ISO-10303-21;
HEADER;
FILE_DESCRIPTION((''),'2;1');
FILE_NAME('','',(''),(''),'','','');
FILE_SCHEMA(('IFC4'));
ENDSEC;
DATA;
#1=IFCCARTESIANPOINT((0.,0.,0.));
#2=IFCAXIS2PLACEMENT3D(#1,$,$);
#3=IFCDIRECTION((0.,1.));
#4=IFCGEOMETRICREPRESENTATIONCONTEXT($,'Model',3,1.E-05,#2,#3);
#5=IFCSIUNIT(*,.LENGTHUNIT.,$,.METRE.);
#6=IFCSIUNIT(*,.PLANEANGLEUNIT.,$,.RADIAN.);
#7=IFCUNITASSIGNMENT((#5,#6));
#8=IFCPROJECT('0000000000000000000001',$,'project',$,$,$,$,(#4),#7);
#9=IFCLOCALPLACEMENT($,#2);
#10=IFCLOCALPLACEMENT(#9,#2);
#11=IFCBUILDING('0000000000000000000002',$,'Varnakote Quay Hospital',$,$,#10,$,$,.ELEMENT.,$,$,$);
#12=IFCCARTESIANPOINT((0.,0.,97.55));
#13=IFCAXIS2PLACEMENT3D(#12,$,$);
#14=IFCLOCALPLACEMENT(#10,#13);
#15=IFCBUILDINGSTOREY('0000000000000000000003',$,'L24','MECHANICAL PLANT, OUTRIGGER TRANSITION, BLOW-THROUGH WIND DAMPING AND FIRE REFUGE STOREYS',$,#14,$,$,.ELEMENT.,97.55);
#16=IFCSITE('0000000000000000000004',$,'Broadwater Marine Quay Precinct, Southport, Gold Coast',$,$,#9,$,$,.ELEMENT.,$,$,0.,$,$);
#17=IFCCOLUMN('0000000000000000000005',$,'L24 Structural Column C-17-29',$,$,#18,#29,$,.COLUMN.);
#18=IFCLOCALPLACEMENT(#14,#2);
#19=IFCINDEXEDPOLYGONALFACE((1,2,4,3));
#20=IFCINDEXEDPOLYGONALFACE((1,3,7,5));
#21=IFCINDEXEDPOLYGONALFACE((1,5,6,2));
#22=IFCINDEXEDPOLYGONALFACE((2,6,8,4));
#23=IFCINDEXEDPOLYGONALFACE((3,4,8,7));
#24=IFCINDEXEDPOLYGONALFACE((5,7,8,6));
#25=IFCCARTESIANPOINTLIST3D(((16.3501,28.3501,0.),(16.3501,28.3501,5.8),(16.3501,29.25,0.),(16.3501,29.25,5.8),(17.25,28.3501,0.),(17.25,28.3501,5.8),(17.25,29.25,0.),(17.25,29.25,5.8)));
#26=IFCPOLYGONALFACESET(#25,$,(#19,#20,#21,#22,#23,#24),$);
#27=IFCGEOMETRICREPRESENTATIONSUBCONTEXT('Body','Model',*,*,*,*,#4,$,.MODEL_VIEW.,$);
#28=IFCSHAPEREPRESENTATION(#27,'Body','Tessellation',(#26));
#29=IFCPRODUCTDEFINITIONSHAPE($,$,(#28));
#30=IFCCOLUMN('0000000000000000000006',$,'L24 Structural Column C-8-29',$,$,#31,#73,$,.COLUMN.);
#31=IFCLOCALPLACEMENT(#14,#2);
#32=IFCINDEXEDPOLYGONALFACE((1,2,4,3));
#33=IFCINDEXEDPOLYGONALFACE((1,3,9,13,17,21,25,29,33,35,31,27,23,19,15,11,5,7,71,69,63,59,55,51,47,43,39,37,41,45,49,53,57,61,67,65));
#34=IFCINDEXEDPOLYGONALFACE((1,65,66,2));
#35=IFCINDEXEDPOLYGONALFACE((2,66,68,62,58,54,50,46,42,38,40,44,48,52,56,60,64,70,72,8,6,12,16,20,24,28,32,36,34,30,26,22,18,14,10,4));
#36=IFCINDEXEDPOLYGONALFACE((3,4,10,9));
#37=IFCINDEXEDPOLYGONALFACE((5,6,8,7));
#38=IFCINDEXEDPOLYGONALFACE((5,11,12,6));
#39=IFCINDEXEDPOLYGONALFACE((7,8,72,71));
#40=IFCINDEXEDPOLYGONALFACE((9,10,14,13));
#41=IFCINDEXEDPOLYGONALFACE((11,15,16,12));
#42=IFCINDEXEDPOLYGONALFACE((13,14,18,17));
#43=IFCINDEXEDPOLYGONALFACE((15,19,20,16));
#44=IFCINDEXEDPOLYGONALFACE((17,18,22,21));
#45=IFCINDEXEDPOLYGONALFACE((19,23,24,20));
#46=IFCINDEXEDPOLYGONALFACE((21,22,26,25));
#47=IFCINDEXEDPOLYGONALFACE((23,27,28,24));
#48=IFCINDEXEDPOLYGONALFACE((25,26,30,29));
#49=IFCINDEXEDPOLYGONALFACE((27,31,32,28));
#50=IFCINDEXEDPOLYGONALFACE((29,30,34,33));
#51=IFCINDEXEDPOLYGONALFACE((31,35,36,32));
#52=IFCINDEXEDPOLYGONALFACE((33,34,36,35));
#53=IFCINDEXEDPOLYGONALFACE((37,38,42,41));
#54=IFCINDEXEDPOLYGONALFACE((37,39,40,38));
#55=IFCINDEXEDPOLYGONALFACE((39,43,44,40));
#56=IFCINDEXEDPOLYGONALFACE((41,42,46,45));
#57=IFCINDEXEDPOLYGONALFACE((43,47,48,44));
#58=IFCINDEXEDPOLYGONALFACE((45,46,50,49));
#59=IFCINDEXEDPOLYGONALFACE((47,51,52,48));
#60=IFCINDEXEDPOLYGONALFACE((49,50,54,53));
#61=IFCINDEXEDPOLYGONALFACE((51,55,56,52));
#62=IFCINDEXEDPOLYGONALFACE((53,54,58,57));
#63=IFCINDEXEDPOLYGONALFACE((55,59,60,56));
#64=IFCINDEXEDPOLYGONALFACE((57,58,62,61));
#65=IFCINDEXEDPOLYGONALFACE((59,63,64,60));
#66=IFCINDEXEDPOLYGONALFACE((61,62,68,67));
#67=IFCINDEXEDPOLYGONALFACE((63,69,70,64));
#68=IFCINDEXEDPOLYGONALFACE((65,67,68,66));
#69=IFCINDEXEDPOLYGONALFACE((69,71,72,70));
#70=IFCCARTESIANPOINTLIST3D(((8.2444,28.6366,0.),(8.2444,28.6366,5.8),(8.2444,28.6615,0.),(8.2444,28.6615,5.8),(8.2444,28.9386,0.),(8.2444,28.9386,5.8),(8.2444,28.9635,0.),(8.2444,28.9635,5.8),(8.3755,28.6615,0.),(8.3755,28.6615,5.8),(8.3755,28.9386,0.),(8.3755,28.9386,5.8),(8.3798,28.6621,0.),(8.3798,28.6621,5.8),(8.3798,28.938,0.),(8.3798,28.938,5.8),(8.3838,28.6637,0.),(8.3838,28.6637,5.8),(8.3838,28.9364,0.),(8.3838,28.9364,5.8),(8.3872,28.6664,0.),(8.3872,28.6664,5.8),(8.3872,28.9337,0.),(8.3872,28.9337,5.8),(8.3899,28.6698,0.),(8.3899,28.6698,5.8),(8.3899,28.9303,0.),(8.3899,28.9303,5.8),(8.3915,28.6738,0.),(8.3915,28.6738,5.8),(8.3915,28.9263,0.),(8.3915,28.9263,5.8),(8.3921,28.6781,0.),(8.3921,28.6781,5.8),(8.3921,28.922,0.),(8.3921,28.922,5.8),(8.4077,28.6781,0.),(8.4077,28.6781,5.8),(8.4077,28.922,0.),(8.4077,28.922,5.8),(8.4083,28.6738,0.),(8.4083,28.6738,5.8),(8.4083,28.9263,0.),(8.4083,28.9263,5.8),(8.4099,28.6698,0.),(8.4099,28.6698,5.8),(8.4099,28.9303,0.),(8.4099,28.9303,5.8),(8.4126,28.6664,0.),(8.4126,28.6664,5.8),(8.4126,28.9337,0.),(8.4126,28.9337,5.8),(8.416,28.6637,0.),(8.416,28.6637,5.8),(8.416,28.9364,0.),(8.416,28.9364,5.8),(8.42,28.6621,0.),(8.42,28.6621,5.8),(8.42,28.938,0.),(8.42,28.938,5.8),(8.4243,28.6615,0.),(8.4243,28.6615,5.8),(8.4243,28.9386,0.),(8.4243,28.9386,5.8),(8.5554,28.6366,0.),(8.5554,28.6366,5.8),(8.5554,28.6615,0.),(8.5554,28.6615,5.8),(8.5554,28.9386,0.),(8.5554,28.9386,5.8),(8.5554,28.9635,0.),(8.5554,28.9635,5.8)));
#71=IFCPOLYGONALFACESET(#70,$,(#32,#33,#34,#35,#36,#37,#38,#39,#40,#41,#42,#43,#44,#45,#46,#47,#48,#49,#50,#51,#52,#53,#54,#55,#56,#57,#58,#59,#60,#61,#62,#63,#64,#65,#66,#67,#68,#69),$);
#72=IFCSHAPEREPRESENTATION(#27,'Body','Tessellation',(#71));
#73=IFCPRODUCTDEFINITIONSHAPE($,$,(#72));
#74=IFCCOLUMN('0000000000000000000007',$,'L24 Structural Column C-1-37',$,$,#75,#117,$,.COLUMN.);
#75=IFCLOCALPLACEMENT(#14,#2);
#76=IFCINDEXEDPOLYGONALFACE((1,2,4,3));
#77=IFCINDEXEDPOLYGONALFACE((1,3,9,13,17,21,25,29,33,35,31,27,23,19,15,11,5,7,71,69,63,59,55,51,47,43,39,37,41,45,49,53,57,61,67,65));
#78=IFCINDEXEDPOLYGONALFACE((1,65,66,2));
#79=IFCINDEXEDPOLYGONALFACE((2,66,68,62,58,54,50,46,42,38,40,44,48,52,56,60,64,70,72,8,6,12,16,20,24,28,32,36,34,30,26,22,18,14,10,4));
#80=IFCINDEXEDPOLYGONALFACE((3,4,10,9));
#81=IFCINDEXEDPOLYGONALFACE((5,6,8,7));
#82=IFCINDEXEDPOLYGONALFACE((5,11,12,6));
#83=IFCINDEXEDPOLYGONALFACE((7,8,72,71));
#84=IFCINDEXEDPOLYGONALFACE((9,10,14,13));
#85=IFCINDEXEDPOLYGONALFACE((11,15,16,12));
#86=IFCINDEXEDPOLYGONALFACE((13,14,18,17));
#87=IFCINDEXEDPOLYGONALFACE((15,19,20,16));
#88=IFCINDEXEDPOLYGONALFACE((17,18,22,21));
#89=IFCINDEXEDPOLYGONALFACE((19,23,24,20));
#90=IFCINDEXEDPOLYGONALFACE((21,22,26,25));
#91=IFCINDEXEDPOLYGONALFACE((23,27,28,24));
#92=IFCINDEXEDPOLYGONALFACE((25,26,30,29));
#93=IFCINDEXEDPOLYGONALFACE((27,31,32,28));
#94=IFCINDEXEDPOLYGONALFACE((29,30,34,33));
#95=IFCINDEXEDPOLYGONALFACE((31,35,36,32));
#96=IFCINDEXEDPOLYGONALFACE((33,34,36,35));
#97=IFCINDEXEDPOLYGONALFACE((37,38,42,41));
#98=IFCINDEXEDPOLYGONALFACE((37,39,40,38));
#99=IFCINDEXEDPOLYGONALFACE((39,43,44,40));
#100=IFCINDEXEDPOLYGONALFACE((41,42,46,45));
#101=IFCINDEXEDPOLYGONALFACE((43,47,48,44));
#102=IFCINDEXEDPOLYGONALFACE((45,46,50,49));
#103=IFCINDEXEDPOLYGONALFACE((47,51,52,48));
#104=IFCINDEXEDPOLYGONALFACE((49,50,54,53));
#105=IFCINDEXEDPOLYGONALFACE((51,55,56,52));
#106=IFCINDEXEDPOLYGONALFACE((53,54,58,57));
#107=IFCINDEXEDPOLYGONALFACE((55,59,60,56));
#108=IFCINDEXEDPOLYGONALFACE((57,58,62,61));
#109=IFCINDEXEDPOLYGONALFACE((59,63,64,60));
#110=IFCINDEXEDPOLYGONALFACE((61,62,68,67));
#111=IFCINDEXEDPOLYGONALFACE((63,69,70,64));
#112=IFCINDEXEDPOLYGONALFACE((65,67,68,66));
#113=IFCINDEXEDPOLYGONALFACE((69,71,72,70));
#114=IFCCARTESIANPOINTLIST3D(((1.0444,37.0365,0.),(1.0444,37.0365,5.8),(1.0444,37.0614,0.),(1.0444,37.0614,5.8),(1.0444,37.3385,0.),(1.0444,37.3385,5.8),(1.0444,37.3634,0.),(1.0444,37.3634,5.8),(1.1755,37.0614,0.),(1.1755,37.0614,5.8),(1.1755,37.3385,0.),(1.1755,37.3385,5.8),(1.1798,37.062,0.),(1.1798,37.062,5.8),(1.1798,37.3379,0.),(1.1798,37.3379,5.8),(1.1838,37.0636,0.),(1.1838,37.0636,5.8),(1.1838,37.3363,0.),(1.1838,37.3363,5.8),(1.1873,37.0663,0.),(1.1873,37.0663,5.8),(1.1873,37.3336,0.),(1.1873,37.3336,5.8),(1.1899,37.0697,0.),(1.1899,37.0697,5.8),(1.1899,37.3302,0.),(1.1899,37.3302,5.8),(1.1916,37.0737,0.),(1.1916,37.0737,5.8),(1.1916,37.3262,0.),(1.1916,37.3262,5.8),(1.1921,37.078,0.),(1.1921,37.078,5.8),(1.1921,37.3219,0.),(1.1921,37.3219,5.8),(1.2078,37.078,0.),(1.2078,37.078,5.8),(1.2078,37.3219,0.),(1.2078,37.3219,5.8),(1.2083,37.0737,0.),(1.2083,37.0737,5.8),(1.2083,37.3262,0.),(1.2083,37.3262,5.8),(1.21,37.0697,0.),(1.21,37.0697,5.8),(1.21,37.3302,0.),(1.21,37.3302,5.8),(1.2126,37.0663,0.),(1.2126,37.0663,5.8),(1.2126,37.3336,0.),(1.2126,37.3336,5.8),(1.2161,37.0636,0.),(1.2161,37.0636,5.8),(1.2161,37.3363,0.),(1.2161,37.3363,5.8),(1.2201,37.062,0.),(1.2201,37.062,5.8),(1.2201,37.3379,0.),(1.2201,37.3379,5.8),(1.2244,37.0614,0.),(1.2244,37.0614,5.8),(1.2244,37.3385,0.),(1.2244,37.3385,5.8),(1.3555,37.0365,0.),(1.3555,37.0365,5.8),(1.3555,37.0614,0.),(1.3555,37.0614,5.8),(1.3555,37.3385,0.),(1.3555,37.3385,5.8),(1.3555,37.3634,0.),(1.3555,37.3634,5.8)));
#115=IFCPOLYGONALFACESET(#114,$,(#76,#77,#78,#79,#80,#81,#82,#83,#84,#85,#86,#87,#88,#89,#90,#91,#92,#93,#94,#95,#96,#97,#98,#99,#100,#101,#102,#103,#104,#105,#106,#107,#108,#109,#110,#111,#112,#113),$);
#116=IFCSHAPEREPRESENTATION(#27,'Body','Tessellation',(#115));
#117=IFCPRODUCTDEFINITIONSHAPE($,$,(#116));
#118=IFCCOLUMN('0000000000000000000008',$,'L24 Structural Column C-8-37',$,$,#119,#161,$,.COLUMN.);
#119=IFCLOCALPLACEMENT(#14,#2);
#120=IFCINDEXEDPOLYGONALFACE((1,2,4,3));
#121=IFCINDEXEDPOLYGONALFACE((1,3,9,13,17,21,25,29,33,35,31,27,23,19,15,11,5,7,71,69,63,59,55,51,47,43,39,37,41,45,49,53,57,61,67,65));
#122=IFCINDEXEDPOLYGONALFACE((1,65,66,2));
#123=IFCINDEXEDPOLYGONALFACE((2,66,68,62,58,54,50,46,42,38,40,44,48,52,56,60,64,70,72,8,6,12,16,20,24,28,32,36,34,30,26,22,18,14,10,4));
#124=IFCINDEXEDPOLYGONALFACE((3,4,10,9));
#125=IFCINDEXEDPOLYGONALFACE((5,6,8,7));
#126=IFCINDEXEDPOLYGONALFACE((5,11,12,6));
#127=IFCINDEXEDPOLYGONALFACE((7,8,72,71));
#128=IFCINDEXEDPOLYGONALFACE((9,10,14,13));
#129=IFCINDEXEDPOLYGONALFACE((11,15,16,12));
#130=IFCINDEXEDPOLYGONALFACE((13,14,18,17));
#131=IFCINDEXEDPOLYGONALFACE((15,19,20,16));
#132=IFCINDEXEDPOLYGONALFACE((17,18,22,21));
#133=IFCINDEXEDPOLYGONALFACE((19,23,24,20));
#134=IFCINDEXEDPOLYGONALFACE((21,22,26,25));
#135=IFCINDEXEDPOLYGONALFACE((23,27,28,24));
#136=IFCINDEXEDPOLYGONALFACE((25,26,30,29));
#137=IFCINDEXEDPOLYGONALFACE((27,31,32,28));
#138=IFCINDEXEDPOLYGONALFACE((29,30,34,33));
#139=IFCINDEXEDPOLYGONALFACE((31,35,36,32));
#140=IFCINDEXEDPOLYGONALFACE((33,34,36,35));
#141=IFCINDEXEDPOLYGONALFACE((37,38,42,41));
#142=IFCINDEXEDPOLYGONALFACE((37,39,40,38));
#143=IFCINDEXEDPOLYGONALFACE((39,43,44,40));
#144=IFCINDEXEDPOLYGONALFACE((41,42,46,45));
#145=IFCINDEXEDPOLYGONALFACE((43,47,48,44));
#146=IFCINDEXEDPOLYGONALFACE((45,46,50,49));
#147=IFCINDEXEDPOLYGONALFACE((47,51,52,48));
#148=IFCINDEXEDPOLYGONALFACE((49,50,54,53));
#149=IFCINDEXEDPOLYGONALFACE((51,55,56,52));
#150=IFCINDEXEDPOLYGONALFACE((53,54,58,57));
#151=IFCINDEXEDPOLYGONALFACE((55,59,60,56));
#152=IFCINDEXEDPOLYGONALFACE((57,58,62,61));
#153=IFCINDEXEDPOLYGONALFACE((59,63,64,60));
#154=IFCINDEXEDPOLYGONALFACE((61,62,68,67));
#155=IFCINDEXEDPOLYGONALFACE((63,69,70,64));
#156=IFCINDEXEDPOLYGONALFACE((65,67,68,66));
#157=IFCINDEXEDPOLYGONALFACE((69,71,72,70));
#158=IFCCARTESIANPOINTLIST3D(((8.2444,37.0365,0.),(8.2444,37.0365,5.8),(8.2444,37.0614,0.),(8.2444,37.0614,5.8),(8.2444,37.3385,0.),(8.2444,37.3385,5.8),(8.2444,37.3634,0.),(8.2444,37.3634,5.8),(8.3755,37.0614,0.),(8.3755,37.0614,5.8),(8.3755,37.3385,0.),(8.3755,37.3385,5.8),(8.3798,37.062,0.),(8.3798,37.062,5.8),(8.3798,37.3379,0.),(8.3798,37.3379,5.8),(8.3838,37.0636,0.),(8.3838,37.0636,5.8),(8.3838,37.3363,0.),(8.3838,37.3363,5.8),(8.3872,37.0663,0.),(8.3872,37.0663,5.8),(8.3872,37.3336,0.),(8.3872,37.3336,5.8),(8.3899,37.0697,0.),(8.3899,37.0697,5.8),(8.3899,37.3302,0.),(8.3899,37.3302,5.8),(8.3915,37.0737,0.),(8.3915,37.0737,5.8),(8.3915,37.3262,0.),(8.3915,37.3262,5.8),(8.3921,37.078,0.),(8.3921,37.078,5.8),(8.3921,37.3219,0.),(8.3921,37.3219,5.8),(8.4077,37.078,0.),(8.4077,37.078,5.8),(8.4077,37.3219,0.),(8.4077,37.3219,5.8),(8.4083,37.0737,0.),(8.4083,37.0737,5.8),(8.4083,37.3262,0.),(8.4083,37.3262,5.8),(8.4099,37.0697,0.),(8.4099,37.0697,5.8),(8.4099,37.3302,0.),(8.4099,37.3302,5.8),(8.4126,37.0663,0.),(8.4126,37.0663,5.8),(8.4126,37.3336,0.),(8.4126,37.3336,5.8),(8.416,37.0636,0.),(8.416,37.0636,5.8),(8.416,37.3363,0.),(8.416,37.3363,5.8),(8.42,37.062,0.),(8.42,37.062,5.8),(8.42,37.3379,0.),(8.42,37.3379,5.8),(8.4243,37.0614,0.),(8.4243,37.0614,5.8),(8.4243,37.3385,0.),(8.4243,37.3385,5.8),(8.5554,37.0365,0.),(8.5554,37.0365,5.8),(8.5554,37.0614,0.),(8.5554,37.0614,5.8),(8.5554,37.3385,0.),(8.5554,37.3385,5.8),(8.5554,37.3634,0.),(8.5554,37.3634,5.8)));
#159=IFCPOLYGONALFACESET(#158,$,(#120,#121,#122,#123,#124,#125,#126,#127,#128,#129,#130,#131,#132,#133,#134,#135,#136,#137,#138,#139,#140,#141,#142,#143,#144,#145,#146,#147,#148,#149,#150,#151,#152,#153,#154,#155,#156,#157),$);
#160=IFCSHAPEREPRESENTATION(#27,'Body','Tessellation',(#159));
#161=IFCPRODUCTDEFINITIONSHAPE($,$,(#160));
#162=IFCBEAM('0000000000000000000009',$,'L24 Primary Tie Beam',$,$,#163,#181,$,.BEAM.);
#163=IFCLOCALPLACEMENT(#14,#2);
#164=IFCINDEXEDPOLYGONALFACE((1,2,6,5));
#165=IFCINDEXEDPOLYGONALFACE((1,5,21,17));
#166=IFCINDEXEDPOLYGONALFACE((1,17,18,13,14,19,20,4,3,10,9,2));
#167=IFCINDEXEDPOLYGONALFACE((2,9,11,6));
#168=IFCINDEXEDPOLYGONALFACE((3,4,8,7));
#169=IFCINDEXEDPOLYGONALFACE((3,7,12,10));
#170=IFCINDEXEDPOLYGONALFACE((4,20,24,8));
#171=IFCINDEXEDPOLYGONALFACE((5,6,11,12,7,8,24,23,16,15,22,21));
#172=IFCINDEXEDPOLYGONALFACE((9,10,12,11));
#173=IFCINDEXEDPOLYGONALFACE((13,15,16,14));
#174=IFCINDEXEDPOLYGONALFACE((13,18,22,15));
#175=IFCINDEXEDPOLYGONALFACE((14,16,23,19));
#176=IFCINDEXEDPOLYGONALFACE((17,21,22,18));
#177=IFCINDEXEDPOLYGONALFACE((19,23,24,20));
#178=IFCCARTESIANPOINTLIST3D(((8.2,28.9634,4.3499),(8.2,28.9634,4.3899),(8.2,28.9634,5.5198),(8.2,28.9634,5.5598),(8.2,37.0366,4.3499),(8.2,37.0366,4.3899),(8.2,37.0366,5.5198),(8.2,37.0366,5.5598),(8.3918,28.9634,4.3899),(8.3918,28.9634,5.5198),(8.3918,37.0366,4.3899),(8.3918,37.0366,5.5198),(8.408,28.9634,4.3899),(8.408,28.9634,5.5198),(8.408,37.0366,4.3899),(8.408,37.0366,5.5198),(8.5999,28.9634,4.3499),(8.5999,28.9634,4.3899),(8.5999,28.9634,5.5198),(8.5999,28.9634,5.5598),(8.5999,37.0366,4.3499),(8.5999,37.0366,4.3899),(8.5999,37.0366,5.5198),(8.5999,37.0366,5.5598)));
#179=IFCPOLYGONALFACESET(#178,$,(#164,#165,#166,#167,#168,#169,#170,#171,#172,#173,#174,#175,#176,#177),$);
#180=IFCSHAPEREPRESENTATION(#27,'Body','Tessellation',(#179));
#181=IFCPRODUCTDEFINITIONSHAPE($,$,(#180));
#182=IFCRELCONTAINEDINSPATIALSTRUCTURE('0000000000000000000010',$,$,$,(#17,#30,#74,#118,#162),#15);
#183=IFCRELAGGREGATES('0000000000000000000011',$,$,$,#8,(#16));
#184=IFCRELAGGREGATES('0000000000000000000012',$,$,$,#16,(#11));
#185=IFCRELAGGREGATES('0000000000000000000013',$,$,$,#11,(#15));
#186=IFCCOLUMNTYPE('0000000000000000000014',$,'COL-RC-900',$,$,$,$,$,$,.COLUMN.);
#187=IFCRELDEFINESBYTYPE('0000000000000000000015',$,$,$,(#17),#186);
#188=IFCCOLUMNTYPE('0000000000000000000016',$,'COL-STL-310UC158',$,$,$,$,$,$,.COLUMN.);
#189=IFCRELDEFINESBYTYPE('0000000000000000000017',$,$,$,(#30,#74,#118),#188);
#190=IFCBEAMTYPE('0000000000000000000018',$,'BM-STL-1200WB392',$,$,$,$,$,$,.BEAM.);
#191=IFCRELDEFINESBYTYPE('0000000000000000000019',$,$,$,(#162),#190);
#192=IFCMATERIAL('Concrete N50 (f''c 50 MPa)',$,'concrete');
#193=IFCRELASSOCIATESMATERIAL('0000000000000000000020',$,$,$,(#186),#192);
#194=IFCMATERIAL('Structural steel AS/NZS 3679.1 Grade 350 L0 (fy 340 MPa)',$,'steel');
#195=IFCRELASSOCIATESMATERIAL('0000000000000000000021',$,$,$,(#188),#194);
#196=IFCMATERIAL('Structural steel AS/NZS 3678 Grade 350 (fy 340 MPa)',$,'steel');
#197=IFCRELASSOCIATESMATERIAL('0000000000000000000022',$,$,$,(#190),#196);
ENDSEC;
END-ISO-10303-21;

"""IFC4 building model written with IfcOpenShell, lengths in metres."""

from ifc_helpers import new_model, si_unit, direction, frame, origin, origin_2d, place, context, subcontext, project, spatial, rectangle, i_section, extrude, material, material_profile, profile_set, type_object, element, save


model = new_model("IFC4")

# Units and contexts
model_context = context("Model", 3, precision=1e-05, world=origin(), true_north=direction((0.0, 1.0)))
body_context = subcontext(model_context, "Body", "Model", "MODEL_VIEW")
ifc_project = project(units=[si_unit("LENGTHUNIT", "METRE"), si_unit("PLANEANGLEUNIT", "RADIAN")], contexts=[model_context])

# Site, building, storey
site_placement = place(None, origin())
site = spatial("IfcSite", under=ifc_project, at=site_placement, Name="Broadwater Marine Quay Precinct, Southport, Gold Coast", CompositionType="ELEMENT", RefElevation=0.0)
building_placement = place(site_placement, origin())
building = spatial("IfcBuilding", under=site, at=building_placement, Name="Varnakote Quay Hospital", CompositionType="ELEMENT")
storey_placement = place(building_placement, frame((0.0, 0.0, 97.55)))
storey = spatial("IfcBuildingStorey", under=building, at=storey_placement, Name="L24", Description="MECHANICAL PLANT, OUTRIGGER TRANSITION, BLOW-THROUGH WIND DAMPING AND FIRE REFUGE STOREYS", CompositionType="ELEMENT", Elevation=97.55)

# Columns
ifc_material_1 = material(Name="Concrete N50 (f'c 50 MPa)", Category="concrete")
ifc_material_profile_1 = material_profile(ifc_material_1, rectangle(XDim=0.8999, YDim=0.8999, at=origin_2d()), Name="RC-COL-900x900")
ifc_profile_set_1 = profile_set([ifc_material_profile_1], Name="Concrete N50 (f'c 50 MPa)")
column_type_1 = type_object("IfcColumnType", Name="COL-RC-900", PredefinedType="COLUMN", material=ifc_profile_set_1)
column_placement = place(storey_placement, frame((16.8, 28.8, 0.0), z_axis=(0.0, 0.0, 1.0), x_axis=(1.0, 0.0, 0.0)))
element("IfcColumn", 1, at=column_placement, inside=storey, type_object=column_type_1, Name="L24 Structural Column C-17-29", PredefinedType="COLUMN", context=body_context, shape_type="SweptSolid", body=[
    extrude(rectangle(XDim=0.8999, YDim=0.8999, at=origin_2d()), origin(), (0.0, 0.0, 1.0), 5.8),
])
ifc_material_2 = material(Name="Structural steel AS/NZS 3679.1 Grade 350 L0 (fy 340 MPa)", Category="steel")
ifc_material_profile_2 = material_profile(ifc_material_2, i_section(OverallWidth=0.311, OverallDepth=0.3269, WebThickness=0.0156, FlangeThickness=0.0249, FilletRadius=0.0166, at=origin_2d()), Name="310UC158")
ifc_profile_set_2 = profile_set([ifc_material_profile_2], Name="Structural steel AS/NZS 3679.1 Grade 350 L0 (fy 340 MPa)")
column_type_2 = type_object("IfcColumnType", Name="COL-STL-310UC158", PredefinedType="COLUMN", material=ifc_profile_set_2)
for number, where, z_axis, x_axis, name in (
    (2, (8.3999, 28.8, 0.0), (0.0, 0.0, 1.0), (1.0, 0.0, 0.0), "L24 Structural Column C-8-29"),
    (3, (1.2, 37.2, 0.0), (0.0, 0.0, 1.0), (1.0, 0.0, 0.0), "L24 Structural Column C-1-37"),
    (4, (8.3999, 37.2, 0.0), (0.0, 0.0, 1.0), (1.0, 0.0, 0.0), "L24 Structural Column C-8-37"),
):
    element("IfcColumn", number, at=place(storey_placement, frame(where, z_axis=z_axis, x_axis=x_axis)), inside=storey, type_object=column_type_2, Name=name, PredefinedType="COLUMN", context=body_context, shape_type="SweptSolid", body=[
        extrude(i_section(OverallWidth=0.311, OverallDepth=0.3269, WebThickness=0.0156, FlangeThickness=0.0249, FilletRadius=0.0166, at=origin_2d()), origin(), (0.0, 0.0, 1.0), 5.8),
    ])

# Beam
ifc_material_3 = material(Name="Structural steel AS/NZS 3678 Grade 350 (fy 340 MPa)", Category="steel")
ifc_material_profile_3 = material_profile(ifc_material_3, i_section(OverallWidth=0.3999, OverallDepth=1.21, WebThickness=0.0161, FlangeThickness=0.04, at=origin_2d()), Name="1200WB392")
ifc_profile_set_3 = profile_set([ifc_material_profile_3], Name="Structural steel AS/NZS 3678 Grade 350 (fy 340 MPa)")
beam_type_1 = type_object("IfcBeamType", Name="BM-STL-1200WB392", PredefinedType="BEAM", material=ifc_profile_set_3)
beam_1_placement = place(storey_placement, frame((8.3999, 28.9634, 4.9548), z_axis=(0.0, 1.0, 0.0), x_axis=(-1.0, 0.0, 0.0)))
element("IfcBeam", 5, at=beam_1_placement, inside=storey, type_object=beam_type_1, Name="L24 Primary Tie Beam", PredefinedType="BEAM", context=body_context, shape_type="SweptSolid", body=[
    extrude(i_section(OverallWidth=0.3999, OverallDepth=1.21, WebThickness=0.0161, FlangeThickness=0.04, at=origin_2d()), origin(), (0.0, 0.0, 1.0), 8.0732),
])

save(model, "model.ifc")
